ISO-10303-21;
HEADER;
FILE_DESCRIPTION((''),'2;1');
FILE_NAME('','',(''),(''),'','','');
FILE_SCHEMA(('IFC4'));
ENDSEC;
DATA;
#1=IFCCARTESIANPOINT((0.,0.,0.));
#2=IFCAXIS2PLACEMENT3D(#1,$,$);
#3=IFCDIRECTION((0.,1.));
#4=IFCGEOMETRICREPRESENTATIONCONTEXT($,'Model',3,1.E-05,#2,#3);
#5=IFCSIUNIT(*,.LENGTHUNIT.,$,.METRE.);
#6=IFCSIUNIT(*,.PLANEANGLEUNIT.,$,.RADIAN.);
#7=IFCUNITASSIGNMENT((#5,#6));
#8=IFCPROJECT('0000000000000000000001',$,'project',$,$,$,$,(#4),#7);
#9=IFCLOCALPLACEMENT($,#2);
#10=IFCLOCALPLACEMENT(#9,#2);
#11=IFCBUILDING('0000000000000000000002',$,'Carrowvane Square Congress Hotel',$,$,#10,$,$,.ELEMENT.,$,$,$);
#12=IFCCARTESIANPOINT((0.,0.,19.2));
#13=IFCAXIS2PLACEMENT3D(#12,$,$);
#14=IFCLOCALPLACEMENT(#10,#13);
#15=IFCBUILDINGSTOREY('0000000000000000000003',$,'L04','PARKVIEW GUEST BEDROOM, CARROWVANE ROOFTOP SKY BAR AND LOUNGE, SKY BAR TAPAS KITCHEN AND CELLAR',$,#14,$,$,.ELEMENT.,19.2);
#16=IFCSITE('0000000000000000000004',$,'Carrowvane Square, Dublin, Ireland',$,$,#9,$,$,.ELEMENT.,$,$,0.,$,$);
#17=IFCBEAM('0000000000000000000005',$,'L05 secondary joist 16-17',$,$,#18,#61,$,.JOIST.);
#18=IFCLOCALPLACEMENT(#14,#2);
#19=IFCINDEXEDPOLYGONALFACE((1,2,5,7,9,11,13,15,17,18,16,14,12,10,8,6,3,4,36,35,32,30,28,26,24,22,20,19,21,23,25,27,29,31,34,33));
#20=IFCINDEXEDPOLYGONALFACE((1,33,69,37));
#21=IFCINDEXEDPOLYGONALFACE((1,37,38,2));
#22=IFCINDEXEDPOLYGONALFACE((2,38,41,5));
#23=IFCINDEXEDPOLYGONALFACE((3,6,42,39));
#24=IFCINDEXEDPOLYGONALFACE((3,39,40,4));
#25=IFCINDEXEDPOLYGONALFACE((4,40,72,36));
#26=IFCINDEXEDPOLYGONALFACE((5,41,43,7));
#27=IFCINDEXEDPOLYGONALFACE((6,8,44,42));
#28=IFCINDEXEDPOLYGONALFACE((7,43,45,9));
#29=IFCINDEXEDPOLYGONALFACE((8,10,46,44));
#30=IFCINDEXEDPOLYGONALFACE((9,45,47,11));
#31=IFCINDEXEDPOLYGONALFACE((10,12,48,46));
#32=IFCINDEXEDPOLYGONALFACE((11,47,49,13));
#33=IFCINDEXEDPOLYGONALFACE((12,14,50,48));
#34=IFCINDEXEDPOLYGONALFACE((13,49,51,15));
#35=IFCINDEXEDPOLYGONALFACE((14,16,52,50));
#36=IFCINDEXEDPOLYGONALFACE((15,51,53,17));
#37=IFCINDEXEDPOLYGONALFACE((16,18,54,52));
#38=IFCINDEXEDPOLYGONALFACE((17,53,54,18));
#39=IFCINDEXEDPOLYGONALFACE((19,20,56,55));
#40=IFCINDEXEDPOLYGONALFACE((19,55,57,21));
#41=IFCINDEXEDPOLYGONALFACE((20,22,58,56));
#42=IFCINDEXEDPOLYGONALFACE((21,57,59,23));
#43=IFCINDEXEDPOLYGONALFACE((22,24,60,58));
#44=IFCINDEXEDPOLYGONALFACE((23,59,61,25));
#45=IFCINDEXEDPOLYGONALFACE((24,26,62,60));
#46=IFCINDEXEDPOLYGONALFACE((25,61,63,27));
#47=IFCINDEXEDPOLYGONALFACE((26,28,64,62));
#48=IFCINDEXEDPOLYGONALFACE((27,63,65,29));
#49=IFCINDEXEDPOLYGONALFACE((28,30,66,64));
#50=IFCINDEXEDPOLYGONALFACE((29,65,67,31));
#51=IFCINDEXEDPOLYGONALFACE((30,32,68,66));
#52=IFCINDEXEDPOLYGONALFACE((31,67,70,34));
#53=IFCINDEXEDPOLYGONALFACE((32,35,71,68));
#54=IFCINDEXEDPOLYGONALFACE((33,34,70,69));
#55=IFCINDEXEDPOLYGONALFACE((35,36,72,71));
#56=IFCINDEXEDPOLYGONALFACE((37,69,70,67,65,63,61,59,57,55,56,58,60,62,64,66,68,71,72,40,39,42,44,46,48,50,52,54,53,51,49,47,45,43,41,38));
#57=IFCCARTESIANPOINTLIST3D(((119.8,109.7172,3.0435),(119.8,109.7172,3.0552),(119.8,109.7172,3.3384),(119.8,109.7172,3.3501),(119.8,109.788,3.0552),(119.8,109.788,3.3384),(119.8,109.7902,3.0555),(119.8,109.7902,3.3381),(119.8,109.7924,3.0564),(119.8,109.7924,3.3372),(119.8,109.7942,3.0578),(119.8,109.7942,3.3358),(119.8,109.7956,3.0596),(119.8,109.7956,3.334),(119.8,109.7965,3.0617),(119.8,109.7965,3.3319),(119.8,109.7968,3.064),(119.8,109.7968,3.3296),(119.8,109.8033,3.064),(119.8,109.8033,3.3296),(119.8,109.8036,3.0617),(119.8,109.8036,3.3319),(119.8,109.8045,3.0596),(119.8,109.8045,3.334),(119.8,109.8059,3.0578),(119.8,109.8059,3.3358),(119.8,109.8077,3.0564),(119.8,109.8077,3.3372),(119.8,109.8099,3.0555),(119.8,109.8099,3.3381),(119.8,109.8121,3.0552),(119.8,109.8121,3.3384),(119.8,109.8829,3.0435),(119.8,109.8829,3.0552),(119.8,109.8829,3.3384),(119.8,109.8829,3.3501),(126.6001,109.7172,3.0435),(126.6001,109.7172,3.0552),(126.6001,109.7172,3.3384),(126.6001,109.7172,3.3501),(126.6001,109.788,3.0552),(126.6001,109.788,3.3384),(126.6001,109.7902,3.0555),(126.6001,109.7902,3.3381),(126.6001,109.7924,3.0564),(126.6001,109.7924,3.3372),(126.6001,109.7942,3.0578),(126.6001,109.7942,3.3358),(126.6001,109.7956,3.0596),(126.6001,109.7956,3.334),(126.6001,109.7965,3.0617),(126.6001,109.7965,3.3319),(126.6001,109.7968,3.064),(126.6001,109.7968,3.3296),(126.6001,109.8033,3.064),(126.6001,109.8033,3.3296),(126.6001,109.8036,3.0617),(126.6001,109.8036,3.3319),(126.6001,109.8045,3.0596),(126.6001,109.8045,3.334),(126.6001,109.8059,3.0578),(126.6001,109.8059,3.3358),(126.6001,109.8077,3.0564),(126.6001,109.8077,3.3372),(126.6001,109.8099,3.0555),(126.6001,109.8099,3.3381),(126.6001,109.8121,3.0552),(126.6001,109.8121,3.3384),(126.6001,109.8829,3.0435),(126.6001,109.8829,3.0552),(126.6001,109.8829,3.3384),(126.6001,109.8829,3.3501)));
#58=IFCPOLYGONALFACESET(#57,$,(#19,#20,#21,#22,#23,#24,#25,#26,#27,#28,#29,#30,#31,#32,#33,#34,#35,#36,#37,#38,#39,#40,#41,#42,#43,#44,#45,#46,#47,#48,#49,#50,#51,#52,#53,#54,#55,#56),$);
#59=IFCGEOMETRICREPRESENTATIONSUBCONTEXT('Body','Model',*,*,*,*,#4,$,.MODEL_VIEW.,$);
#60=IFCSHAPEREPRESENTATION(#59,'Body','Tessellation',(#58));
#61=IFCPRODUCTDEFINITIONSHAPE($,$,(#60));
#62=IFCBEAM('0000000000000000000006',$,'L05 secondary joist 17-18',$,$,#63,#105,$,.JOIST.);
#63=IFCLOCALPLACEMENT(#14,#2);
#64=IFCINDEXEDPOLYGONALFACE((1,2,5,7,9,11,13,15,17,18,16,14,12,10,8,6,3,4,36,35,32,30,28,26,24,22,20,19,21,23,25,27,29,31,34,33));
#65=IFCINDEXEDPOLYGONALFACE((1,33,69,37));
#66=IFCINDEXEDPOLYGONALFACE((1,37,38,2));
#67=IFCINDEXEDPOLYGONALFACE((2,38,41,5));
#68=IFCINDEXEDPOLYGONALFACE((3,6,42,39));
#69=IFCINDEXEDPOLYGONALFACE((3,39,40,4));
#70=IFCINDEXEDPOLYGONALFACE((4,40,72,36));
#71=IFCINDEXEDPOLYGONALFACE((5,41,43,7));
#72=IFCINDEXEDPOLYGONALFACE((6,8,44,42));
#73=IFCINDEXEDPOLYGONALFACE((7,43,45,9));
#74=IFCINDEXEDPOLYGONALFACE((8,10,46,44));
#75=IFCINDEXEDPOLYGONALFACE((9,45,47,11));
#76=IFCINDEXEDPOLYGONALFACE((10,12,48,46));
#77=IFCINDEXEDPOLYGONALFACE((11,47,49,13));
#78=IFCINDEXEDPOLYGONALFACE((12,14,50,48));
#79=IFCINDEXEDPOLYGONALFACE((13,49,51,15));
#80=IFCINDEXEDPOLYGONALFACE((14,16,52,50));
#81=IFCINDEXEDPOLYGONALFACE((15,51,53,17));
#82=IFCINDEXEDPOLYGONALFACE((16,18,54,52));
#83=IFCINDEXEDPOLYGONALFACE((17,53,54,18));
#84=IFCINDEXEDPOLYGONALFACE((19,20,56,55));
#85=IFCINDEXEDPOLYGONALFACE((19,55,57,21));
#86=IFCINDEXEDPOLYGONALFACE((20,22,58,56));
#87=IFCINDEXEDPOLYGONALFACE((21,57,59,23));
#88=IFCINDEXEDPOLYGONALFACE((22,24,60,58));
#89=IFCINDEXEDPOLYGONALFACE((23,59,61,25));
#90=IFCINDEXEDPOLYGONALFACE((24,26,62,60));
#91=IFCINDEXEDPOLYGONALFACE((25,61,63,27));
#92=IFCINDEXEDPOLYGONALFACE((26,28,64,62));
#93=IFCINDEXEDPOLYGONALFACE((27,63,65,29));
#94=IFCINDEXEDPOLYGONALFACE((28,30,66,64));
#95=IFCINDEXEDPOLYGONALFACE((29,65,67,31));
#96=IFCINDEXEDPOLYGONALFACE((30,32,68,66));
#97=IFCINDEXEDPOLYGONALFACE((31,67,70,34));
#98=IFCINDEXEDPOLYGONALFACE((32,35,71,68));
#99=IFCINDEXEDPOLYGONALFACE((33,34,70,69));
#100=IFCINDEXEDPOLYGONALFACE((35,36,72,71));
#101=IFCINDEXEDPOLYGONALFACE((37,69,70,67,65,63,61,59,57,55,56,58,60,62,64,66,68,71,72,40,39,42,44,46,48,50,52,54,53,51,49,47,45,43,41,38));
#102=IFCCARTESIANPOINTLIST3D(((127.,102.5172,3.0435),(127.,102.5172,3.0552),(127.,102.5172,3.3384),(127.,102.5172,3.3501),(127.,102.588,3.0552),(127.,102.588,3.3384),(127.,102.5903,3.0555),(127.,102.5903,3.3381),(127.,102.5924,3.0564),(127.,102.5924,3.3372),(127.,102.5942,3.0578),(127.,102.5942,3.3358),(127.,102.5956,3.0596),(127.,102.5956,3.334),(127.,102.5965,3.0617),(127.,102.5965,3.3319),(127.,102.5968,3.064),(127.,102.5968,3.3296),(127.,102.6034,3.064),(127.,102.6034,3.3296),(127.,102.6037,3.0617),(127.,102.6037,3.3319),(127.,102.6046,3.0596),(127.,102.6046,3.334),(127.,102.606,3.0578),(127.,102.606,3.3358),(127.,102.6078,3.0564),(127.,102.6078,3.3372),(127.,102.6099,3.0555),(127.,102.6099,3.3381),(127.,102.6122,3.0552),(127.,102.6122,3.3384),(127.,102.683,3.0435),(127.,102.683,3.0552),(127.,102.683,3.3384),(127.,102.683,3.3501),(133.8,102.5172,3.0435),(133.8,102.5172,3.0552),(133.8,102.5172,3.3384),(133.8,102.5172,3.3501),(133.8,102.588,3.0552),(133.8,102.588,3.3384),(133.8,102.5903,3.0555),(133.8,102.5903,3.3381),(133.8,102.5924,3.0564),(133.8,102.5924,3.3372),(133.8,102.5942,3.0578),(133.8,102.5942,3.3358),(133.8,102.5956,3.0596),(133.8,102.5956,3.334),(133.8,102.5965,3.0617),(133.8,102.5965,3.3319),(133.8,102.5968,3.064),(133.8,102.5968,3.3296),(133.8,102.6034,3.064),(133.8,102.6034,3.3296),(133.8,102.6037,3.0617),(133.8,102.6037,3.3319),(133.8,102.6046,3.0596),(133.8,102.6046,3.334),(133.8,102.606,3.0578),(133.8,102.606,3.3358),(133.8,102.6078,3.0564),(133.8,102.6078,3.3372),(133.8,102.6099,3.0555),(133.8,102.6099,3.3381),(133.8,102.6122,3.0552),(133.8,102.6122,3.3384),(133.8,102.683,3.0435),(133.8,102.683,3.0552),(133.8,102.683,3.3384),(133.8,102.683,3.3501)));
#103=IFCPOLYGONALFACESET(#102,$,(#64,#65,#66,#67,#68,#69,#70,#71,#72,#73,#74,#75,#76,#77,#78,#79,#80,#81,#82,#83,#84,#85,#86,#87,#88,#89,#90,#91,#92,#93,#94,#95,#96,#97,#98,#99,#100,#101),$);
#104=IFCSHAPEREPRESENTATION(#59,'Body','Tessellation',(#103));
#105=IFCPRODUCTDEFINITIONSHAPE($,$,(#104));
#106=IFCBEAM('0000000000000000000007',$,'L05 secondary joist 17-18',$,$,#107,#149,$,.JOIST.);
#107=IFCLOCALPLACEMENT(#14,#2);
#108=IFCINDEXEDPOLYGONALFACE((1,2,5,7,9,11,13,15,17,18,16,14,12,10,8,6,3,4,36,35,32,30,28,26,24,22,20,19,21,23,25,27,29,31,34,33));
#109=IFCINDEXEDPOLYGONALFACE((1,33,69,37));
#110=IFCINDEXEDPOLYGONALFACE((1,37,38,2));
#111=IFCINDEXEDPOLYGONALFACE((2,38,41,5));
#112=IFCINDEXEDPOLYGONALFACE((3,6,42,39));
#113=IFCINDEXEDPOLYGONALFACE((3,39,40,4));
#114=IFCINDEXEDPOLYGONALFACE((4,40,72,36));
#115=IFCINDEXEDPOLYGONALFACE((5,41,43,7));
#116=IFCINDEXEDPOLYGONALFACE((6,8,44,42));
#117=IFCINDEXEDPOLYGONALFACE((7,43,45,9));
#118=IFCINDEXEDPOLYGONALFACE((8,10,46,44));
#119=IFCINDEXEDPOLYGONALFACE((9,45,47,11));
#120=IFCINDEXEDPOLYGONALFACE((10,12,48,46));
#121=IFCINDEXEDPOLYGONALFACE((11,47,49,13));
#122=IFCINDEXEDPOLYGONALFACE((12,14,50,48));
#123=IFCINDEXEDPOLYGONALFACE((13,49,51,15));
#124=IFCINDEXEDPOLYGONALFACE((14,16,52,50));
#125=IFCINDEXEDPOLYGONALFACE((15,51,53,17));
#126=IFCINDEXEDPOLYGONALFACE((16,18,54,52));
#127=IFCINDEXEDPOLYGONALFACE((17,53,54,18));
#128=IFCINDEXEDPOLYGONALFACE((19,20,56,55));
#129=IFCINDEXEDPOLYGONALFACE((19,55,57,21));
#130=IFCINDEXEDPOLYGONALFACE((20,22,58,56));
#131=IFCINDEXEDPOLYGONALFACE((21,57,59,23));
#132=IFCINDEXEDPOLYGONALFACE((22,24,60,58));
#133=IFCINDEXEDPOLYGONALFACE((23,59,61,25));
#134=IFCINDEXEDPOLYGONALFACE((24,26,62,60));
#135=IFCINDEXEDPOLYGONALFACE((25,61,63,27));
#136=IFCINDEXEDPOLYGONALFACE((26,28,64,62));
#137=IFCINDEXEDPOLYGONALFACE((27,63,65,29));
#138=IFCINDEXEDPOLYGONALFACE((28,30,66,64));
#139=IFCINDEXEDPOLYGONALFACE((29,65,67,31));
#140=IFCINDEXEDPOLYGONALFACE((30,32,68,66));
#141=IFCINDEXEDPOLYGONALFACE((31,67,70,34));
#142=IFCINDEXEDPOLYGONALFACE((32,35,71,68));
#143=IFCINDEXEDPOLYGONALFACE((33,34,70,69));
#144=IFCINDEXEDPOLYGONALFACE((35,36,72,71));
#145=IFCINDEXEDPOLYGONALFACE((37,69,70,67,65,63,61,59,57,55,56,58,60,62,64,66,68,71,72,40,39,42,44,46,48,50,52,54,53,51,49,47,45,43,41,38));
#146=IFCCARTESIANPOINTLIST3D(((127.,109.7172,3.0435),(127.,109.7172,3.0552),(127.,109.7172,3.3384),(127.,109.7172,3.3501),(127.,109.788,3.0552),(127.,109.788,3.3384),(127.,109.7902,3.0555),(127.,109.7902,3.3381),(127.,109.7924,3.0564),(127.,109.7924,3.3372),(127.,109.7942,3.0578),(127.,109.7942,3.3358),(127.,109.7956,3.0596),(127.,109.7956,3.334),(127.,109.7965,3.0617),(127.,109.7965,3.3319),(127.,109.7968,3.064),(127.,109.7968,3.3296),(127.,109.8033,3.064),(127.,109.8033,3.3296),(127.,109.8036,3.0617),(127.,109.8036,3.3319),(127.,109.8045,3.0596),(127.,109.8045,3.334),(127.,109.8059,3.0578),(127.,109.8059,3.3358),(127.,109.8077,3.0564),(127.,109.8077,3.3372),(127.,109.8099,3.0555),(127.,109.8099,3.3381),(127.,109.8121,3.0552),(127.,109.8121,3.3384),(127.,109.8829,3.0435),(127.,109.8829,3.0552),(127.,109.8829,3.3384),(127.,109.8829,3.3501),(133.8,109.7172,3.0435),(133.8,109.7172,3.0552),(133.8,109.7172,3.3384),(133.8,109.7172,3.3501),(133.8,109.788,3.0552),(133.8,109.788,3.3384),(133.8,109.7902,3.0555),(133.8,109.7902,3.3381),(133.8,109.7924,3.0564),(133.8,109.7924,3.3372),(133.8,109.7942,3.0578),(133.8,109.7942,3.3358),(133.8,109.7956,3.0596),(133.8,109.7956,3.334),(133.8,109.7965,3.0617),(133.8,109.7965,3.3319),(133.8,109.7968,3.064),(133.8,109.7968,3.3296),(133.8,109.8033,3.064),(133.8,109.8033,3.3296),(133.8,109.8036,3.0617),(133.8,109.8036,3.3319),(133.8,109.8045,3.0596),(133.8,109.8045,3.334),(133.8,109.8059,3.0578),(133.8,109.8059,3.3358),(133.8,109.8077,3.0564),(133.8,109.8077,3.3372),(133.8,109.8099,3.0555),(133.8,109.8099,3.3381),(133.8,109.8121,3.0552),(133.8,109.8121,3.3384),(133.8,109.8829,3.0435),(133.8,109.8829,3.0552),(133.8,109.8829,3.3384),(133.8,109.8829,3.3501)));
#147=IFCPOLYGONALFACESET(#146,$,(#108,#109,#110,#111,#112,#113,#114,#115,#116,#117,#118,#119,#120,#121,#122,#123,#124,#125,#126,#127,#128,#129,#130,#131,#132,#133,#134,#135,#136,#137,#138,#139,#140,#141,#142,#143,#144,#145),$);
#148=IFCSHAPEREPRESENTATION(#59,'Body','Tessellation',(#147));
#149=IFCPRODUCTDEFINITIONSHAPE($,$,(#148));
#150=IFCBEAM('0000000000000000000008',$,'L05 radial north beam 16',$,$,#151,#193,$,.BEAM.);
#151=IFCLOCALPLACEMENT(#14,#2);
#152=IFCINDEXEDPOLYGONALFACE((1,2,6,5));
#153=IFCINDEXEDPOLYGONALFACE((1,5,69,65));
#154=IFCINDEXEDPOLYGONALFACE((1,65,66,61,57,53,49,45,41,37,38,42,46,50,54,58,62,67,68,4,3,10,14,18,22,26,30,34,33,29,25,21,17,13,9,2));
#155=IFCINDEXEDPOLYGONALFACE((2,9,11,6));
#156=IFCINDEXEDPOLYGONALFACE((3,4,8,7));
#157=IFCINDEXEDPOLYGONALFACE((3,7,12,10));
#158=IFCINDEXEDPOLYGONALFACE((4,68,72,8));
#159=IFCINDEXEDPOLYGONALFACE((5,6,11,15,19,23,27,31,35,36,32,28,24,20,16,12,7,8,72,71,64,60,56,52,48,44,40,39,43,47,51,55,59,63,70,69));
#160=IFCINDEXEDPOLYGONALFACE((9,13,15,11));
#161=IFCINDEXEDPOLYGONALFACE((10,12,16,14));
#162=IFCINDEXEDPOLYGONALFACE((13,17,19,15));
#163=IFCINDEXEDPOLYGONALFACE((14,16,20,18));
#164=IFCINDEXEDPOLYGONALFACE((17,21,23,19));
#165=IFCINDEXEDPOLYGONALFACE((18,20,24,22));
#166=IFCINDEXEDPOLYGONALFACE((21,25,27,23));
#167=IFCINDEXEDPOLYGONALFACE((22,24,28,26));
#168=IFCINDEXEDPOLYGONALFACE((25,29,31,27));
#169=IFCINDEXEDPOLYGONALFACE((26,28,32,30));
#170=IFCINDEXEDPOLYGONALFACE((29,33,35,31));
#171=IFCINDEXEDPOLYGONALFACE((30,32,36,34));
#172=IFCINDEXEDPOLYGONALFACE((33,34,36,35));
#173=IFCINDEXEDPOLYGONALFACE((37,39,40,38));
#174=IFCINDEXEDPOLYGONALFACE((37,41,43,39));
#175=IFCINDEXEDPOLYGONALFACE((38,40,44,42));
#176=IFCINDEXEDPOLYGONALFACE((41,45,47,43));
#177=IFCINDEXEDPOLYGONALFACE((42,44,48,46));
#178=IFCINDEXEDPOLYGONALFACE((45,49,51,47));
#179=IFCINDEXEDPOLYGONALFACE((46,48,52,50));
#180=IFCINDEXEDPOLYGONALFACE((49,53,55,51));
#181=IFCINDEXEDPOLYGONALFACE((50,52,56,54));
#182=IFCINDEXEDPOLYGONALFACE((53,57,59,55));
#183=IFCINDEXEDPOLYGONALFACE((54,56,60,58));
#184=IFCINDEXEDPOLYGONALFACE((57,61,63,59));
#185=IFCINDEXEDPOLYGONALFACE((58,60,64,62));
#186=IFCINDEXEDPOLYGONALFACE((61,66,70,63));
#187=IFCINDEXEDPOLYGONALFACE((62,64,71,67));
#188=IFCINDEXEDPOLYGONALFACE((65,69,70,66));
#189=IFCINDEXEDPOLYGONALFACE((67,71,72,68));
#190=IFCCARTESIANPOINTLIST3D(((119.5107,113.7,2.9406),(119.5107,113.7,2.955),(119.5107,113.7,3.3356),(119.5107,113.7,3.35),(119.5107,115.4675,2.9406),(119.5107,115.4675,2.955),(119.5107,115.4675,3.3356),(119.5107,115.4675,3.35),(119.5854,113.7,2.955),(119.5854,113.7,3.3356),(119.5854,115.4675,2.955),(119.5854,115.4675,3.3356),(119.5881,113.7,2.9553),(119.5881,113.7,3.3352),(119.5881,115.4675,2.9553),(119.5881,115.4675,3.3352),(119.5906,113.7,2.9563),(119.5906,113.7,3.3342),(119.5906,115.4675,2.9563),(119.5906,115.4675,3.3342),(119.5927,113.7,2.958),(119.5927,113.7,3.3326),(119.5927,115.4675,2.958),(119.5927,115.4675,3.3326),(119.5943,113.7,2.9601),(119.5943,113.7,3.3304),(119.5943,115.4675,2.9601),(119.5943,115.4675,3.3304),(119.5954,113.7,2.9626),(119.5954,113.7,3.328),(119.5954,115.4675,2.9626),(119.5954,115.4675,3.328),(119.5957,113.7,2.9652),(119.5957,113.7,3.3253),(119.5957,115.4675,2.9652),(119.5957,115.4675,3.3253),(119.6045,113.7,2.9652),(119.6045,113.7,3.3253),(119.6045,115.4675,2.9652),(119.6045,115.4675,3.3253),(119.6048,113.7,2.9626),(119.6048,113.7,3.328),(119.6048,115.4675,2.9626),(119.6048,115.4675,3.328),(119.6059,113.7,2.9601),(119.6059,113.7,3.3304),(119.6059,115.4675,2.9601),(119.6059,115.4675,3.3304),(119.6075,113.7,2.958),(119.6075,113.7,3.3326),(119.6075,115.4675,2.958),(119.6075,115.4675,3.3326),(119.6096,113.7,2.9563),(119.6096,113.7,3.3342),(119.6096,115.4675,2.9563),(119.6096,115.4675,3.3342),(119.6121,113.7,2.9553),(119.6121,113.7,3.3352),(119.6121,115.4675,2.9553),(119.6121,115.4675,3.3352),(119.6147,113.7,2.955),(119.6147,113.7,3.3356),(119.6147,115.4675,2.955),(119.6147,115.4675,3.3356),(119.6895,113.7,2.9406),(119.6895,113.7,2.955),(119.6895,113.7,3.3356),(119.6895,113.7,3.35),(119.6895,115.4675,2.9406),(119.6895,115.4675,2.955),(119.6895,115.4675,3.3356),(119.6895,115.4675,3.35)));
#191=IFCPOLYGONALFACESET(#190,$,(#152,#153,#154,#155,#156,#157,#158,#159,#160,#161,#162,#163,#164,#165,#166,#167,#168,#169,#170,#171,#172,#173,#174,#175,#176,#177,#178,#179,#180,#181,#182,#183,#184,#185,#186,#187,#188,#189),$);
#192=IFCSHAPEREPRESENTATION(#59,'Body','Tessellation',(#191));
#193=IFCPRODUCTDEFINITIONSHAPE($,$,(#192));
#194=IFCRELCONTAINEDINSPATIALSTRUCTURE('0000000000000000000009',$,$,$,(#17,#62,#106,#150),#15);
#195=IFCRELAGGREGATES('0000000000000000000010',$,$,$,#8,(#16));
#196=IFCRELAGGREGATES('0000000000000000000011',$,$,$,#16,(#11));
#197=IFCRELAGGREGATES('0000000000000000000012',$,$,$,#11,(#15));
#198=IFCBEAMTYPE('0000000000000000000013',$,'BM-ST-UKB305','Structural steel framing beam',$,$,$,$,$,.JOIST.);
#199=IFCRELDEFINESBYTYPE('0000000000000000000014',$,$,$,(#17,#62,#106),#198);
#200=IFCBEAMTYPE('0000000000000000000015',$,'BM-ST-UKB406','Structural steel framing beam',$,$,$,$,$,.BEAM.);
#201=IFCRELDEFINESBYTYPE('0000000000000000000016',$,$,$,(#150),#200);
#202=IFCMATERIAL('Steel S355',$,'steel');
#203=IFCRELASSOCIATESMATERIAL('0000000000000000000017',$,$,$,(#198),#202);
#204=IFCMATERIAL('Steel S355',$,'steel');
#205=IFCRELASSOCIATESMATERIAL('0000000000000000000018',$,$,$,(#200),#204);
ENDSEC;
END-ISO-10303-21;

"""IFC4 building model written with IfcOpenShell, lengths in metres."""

from ifc_helpers import new_model, si_unit, direction, frame, origin, origin_2d, place, context, subcontext, project, spatial, i_section, extrude, material, material_profile, profile_set, type_object, element, save


model = new_model("IFC4")

# Units and contexts
model_context = context("Model", 3, precision=1e-05, world=origin(), true_north=direction((0.0, 1.0)))
body_context = subcontext(model_context, "Body", "Model", "MODEL_VIEW")
ifc_project = project(units=[si_unit("LENGTHUNIT", "METRE"), si_unit("PLANEANGLEUNIT", "RADIAN")], contexts=[model_context])

# Site, building, storey
site_placement = place(None, origin())
site = spatial("IfcSite", under=ifc_project, at=site_placement, Name="Carrowvane Square, Dublin, Ireland", CompositionType="ELEMENT", RefElevation=0.0)
building_placement = place(site_placement, origin())
building = spatial("IfcBuilding", under=site, at=building_placement, Name="Carrowvane Square Congress Hotel", CompositionType="ELEMENT")
storey_placement = place(building_placement, frame((0.0, 0.0, 19.2)))
storey = spatial("IfcBuildingStorey", under=building, at=storey_placement, Name="L04", Description="PARKVIEW GUEST BEDROOM, CARROWVANE ROOFTOP SKY BAR AND LOUNGE, SKY BAR TAPAS KITCHEN AND CELLAR", CompositionType="ELEMENT", Elevation=19.2)

# Beams
ifc_material_1 = material(Name="Steel S355", Category="steel")
ifc_material_profile_1 = material_profile(ifc_material_1, i_section(OverallWidth=0.1658, OverallDepth=0.3066, WebThickness=0.0066, FlangeThickness=0.0117, FilletRadius=0.0088, at=origin_2d()), Name="UKB 305x165x46")
ifc_profile_set_1 = profile_set([ifc_material_profile_1], Name="Steel S355")
beam_type_1 = type_object("IfcBeamType", Name="BM-ST-UKB305", Description="Structural steel framing beam", PredefinedType="JOIST", material=ifc_profile_set_1)
for number, where, z_axis, x_axis, name in (
    (1, (119.8, 109.8, 3.1968), (1.0, 0.0, 0.0), (0.0, 1.0, 0.0), "L05 secondary joist 16-17"),
    (2, (127.0, 102.6001, 3.1968), (1.0, 0.0, 0.0), (0.0, 1.0, 0.0), "L05 secondary joist 17-18"),
    (3, (127.0, 109.8, 3.1968), (1.0, 0.0, 0.0), (0.0, 1.0, 0.0), "L05 secondary joist 17-18"),
):
    element("IfcBeam", number, at=place(storey_placement, frame(where, z_axis=z_axis, x_axis=x_axis)), inside=storey, type_object=beam_type_1, Name=name, PredefinedType="JOIST", context=body_context, shape_type="SweptSolid", body=[
        extrude(i_section(OverallWidth=0.1658, OverallDepth=0.3066, WebThickness=0.0066, FlangeThickness=0.0117, FilletRadius=0.0088, at=origin_2d()), origin(), (0.0, 0.0, 1.0), 6.8),
    ])
ifc_material_2 = material(Name="Steel S355", Category="steel")
ifc_material_profile_2 = material_profile(ifc_material_2, i_section(OverallWidth=0.1787, OverallDepth=0.4094, WebThickness=0.0088, FlangeThickness=0.0144, FilletRadius=0.0103, at=origin_2d()), Name="UKB 406x178x67")
ifc_profile_set_2 = profile_set([ifc_material_profile_2], Name="Steel S355")
beam_type_2 = type_object("IfcBeamType", Name="BM-ST-UKB406", Description="Structural steel framing beam", PredefinedType="BEAM", material=ifc_profile_set_2)
beam_1_placement = place(storey_placement, frame((119.6001, 113.7, 3.1453), z_axis=(0.0, 1.0, 0.0), x_axis=(-1.0, 0.0, 0.0)))
element("IfcBeam", 4, at=beam_1_placement, inside=storey, type_object=beam_type_2, Name="L05 radial north beam 16", PredefinedType="BEAM", context=body_context, shape_type="SweptSolid", body=[
    extrude(i_section(OverallWidth=0.1787, OverallDepth=0.4094, WebThickness=0.0088, FlangeThickness=0.0144, FilletRadius=0.0103, at=origin_2d()), origin(), (0.0, 0.0, 1.0), 1.7676),
])

save(model, "model.ifc")
